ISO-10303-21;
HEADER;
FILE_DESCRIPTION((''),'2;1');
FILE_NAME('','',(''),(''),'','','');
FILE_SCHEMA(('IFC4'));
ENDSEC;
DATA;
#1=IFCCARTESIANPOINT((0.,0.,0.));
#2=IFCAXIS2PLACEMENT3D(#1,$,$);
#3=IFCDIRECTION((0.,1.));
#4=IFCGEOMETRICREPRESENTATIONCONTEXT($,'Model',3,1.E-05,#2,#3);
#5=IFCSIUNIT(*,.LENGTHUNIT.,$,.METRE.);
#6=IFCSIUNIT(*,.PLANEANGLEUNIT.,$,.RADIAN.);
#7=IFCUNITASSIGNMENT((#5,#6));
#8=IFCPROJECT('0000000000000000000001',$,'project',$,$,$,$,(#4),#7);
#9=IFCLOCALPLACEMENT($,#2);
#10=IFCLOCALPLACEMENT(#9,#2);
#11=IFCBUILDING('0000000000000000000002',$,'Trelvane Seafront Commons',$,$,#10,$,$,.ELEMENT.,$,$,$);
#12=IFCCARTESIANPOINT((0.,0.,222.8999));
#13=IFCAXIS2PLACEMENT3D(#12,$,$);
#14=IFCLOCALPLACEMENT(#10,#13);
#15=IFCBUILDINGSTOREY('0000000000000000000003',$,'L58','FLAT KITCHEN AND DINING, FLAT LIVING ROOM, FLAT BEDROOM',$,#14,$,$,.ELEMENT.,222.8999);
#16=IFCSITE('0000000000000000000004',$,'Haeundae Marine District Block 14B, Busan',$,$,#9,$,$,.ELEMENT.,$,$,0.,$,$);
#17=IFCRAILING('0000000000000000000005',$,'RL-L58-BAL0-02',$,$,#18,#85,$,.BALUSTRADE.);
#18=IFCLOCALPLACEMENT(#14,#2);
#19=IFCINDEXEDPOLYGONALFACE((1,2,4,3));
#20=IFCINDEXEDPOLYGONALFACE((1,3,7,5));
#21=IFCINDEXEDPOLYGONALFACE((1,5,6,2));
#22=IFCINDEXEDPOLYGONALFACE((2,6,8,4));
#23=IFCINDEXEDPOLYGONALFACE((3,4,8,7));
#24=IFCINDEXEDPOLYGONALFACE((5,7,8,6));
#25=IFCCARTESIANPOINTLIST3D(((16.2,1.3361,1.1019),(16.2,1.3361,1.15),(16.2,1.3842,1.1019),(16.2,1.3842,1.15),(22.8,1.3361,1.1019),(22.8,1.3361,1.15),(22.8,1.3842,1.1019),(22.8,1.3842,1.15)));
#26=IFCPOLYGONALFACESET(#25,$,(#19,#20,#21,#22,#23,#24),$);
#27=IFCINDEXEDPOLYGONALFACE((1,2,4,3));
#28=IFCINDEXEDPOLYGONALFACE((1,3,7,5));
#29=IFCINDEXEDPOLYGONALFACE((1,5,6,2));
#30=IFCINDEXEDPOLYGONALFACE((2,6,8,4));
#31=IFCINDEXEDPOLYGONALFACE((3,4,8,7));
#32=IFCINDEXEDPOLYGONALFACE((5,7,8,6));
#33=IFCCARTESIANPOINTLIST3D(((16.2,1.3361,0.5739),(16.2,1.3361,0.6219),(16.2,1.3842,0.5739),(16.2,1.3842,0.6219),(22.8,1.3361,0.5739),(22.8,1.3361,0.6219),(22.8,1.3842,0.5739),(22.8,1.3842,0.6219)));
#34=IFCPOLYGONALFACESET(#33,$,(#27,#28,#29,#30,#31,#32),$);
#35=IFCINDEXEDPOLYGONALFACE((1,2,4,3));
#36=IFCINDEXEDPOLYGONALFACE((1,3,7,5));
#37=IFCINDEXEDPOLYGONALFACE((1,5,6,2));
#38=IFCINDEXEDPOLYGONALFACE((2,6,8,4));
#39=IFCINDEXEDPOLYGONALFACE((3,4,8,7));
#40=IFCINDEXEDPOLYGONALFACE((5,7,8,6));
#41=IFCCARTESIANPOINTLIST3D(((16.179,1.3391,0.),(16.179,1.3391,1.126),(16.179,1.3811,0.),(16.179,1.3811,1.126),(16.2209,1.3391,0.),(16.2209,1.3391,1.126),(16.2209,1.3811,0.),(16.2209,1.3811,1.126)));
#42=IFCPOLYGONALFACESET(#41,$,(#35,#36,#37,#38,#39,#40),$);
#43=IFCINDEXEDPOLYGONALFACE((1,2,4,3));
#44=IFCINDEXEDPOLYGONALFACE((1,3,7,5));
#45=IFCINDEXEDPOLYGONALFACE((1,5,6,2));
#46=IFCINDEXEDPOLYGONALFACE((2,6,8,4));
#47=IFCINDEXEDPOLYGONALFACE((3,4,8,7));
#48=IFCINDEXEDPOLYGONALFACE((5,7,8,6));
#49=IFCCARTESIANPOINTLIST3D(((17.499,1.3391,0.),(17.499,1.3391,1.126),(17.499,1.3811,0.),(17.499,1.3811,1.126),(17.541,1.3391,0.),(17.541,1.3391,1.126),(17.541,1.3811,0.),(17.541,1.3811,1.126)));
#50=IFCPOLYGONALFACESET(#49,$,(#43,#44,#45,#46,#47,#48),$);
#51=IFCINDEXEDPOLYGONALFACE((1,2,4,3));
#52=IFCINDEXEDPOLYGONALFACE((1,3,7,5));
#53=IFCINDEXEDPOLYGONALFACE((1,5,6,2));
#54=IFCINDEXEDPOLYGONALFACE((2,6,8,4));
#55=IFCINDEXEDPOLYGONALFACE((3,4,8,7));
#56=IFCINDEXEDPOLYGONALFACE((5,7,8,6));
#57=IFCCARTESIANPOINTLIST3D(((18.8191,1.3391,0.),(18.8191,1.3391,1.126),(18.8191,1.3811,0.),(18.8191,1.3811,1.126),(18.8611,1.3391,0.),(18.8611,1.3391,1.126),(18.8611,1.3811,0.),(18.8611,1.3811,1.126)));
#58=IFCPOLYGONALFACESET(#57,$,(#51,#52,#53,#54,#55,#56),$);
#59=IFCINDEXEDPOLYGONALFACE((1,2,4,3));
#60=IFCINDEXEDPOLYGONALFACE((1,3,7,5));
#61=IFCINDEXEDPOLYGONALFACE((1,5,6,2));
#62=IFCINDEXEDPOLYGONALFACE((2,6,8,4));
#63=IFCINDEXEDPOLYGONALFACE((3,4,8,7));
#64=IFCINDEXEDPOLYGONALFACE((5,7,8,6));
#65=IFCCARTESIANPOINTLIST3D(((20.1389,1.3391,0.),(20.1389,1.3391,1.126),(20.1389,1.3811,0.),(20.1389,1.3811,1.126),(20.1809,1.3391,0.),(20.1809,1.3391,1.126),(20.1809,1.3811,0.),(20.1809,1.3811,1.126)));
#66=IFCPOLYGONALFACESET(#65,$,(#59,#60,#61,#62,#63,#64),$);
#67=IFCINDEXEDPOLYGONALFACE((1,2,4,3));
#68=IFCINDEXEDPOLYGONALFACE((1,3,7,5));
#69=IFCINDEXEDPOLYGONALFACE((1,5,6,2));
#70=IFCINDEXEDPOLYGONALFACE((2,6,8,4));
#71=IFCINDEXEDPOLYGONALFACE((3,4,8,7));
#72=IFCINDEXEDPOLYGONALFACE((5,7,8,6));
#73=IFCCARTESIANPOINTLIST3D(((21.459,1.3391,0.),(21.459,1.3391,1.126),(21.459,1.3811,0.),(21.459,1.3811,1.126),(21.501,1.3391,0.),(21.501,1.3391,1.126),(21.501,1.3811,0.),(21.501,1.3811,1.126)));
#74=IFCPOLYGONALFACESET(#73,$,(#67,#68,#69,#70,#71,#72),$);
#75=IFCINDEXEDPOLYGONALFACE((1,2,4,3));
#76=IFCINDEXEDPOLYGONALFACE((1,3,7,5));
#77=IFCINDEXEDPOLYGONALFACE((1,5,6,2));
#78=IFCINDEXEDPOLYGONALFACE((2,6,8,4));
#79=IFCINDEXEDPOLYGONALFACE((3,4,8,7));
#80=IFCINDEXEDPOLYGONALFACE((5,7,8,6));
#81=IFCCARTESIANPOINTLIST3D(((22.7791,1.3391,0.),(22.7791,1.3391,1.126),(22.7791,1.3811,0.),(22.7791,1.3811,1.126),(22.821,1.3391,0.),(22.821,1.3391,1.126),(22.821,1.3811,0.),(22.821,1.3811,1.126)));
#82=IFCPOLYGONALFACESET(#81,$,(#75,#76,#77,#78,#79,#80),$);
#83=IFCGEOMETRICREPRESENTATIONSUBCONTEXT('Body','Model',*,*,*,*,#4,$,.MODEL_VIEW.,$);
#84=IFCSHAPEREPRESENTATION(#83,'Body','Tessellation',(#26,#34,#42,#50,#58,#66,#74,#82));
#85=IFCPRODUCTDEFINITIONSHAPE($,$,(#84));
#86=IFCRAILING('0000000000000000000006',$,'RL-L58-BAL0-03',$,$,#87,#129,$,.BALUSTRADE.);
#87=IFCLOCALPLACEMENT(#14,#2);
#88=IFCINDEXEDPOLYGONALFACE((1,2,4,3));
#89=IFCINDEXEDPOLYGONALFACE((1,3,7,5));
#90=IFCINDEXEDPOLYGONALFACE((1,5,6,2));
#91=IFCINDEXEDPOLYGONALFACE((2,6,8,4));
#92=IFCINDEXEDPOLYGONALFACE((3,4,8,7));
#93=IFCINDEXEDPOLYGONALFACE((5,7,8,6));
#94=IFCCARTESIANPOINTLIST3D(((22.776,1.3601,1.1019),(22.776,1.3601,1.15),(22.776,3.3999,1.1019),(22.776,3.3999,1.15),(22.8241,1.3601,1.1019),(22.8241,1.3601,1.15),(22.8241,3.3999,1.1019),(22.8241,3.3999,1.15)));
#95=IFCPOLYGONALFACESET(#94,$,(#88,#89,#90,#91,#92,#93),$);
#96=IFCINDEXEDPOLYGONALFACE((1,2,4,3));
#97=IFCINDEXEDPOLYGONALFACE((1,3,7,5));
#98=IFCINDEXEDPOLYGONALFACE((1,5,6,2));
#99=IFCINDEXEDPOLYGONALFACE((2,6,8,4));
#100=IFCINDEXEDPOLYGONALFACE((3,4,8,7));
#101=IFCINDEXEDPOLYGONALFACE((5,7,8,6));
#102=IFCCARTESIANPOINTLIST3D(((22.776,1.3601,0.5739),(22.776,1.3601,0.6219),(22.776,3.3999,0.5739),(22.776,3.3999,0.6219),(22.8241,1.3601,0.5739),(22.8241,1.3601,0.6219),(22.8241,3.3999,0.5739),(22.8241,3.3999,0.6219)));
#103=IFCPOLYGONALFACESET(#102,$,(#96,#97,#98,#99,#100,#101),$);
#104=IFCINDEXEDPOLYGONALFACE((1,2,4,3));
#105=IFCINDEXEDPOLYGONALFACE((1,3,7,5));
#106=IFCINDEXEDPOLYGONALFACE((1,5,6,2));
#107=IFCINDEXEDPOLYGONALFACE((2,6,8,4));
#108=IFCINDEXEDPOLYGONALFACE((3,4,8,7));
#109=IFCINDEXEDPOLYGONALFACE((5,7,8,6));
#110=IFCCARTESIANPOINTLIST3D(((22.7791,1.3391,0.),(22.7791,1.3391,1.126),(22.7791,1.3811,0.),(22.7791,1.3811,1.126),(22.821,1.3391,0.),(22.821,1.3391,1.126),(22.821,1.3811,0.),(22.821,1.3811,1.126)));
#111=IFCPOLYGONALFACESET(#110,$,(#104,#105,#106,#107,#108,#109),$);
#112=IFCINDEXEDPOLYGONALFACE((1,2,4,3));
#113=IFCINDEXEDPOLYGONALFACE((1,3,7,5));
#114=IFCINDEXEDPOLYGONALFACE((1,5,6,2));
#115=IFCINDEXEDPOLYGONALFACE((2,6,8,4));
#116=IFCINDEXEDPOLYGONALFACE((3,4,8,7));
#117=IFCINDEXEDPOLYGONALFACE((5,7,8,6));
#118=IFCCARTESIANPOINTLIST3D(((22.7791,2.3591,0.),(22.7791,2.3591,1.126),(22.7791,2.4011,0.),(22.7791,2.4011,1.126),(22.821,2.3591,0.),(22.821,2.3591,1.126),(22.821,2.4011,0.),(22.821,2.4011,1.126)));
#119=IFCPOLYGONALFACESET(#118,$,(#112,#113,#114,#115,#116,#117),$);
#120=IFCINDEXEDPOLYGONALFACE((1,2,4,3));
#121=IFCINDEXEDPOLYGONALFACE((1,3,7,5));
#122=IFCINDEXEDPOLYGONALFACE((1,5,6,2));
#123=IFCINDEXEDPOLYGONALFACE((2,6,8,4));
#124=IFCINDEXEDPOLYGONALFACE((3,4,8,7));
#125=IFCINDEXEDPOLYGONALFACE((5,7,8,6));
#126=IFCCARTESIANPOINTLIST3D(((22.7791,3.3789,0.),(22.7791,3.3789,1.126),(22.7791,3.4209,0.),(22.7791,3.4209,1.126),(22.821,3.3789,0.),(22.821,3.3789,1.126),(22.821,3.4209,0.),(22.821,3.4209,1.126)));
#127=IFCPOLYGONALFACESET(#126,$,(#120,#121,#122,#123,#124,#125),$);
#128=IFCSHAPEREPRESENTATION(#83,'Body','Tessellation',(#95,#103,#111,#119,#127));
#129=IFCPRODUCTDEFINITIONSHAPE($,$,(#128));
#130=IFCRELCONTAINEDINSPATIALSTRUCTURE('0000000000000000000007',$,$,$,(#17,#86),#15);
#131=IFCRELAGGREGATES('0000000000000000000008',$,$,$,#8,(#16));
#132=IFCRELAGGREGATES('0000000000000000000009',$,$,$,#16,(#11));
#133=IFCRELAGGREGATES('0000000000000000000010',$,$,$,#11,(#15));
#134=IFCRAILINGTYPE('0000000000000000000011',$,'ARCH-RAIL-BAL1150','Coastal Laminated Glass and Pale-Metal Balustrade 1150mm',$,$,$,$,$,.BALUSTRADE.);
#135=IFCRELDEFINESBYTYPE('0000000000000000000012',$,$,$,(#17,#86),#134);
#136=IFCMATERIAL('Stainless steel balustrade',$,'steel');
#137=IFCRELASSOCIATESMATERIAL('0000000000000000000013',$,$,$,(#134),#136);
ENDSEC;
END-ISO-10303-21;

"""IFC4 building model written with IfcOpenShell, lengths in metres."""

from ifc_helpers import new_model, si_unit, direction, frame, origin, origin_2d, place, context, subcontext, project, spatial, rectangle, extrude, material, type_object, element, save


model = new_model("IFC4")

# Units and contexts
model_context = context("Model", 3, precision=1e-05, world=origin(), true_north=direction((0.0, 1.0)))
body_context = subcontext(model_context, "Body", "Model", "MODEL_VIEW")
ifc_project = project(units=[si_unit("LENGTHUNIT", "METRE"), si_unit("PLANEANGLEUNIT", "RADIAN")], contexts=[model_context])

# Site, building, storey
site_placement = place(None, origin())
site = spatial("IfcSite", under=ifc_project, at=site_placement, Name="Haeundae Marine District Block 14B, Busan", CompositionType="ELEMENT", RefElevation=0.0)
building_placement = place(site_placement, origin())
building = spatial("IfcBuilding", under=site, at=building_placement, Name="Trelvane Seafront Commons", CompositionType="ELEMENT")
storey_placement = place(building_placement, frame((0.0, 0.0, 222.8999)))
storey = spatial("IfcBuildingStorey", under=building, at=storey_placement, Name="L58", Description="FLAT KITCHEN AND DINING, FLAT LIVING ROOM, FLAT BEDROOM", CompositionType="ELEMENT", Elevation=222.8999)

# Railings
ifc_material_1 = material(Name="Stainless steel balustrade", Category="steel")
railing_type = type_object("IfcRailingType", Name="ARCH-RAIL-BAL1150", Description="Coastal Laminated Glass and Pale-Metal Balustrade 1150mm", PredefinedType="BALUSTRADE", material=ifc_material_1)
railing_1_placement = place(storey_placement, frame((16.2, 1.3601, 0.0)))
element("IfcRailing", 1, at=railing_1_placement, inside=storey, type_object=railing_type, Name="RL-L58-BAL0-02", PredefinedType="BALUSTRADE", context=body_context, shape_type="SweptSolid", body=[
    extrude(rectangle(XDim=0.0481, YDim=0.0481, at=origin_2d()), frame((0.0, 0.0, 1.126), z_axis=(1.0, 0.0, 0.0), x_axis=(0.0, 1.0, 0.0)), (0.0, 0.0, 1.0), 6.6001),
    extrude(rectangle(XDim=0.0481, YDim=0.0481, at=origin_2d()), frame((0.0, 0.0, 0.5979), z_axis=(1.0, 0.0, 0.0), x_axis=(0.0, 1.0, 0.0)), (0.0, 0.0, 1.0), 6.6001),
    extrude(rectangle(XDim=0.042, YDim=0.042, at=origin_2d()), origin(), (0.0, 0.0, 1.0), 1.126),
    extrude(rectangle(XDim=0.042, YDim=0.042, at=origin_2d()), frame((1.3201, 0.0, 0.0)), (0.0, 0.0, 1.0), 1.126),
    extrude(rectangle(XDim=0.042, YDim=0.042, at=origin_2d()), frame((2.6401, 0.0, 0.0)), (0.0, 0.0, 1.0), 1.126),
    extrude(rectangle(XDim=0.042, YDim=0.042, at=origin_2d()), frame((3.96, 0.0, 0.0)), (0.0, 0.0, 1.0), 1.126),
    extrude(rectangle(XDim=0.042, YDim=0.042, at=origin_2d()), frame((5.28, 0.0, 0.0)), (0.0, 0.0, 1.0), 1.126),
    extrude(rectangle(XDim=0.042, YDim=0.042, at=origin_2d()), frame((6.6001, 0.0, 0.0)), (0.0, 0.0, 1.0), 1.126),
])
railing_2_placement = place(storey_placement, frame((22.8, 1.3601, 0.0)))
element("IfcRailing", 2, at=railing_2_placement, inside=storey, type_object=railing_type, Name="RL-L58-BAL0-03", PredefinedType="BALUSTRADE", context=body_context, shape_type="SweptSolid", body=[
    extrude(rectangle(XDim=0.0481, YDim=0.0481, at=origin_2d()), frame((0.0, 0.0, 1.126), z_axis=(0.0, 1.0, 0.0), x_axis=(-1.0, 0.0, 0.0)), (0.0, 0.0, 1.0), 2.0398),
    extrude(rectangle(XDim=0.0481, YDim=0.0481, at=origin_2d()), frame((0.0, 0.0, 0.5979), z_axis=(0.0, 1.0, 0.0), x_axis=(-1.0, 0.0, 0.0)), (0.0, 0.0, 1.0), 2.0398),
    extrude(rectangle(XDim=0.042, YDim=0.042, at=origin_2d()), origin(), (0.0, 0.0, 1.0), 1.126),
    extrude(rectangle(XDim=0.042, YDim=0.042, at=origin_2d()), frame((0.0, 1.02, 0.0)), (0.0, 0.0, 1.0), 1.126),
    extrude(rectangle(XDim=0.042, YDim=0.042, at=origin_2d()), frame((0.0, 2.0398, 0.0)), (0.0, 0.0, 1.0), 1.126),
])

save(model, "model.ifc")
